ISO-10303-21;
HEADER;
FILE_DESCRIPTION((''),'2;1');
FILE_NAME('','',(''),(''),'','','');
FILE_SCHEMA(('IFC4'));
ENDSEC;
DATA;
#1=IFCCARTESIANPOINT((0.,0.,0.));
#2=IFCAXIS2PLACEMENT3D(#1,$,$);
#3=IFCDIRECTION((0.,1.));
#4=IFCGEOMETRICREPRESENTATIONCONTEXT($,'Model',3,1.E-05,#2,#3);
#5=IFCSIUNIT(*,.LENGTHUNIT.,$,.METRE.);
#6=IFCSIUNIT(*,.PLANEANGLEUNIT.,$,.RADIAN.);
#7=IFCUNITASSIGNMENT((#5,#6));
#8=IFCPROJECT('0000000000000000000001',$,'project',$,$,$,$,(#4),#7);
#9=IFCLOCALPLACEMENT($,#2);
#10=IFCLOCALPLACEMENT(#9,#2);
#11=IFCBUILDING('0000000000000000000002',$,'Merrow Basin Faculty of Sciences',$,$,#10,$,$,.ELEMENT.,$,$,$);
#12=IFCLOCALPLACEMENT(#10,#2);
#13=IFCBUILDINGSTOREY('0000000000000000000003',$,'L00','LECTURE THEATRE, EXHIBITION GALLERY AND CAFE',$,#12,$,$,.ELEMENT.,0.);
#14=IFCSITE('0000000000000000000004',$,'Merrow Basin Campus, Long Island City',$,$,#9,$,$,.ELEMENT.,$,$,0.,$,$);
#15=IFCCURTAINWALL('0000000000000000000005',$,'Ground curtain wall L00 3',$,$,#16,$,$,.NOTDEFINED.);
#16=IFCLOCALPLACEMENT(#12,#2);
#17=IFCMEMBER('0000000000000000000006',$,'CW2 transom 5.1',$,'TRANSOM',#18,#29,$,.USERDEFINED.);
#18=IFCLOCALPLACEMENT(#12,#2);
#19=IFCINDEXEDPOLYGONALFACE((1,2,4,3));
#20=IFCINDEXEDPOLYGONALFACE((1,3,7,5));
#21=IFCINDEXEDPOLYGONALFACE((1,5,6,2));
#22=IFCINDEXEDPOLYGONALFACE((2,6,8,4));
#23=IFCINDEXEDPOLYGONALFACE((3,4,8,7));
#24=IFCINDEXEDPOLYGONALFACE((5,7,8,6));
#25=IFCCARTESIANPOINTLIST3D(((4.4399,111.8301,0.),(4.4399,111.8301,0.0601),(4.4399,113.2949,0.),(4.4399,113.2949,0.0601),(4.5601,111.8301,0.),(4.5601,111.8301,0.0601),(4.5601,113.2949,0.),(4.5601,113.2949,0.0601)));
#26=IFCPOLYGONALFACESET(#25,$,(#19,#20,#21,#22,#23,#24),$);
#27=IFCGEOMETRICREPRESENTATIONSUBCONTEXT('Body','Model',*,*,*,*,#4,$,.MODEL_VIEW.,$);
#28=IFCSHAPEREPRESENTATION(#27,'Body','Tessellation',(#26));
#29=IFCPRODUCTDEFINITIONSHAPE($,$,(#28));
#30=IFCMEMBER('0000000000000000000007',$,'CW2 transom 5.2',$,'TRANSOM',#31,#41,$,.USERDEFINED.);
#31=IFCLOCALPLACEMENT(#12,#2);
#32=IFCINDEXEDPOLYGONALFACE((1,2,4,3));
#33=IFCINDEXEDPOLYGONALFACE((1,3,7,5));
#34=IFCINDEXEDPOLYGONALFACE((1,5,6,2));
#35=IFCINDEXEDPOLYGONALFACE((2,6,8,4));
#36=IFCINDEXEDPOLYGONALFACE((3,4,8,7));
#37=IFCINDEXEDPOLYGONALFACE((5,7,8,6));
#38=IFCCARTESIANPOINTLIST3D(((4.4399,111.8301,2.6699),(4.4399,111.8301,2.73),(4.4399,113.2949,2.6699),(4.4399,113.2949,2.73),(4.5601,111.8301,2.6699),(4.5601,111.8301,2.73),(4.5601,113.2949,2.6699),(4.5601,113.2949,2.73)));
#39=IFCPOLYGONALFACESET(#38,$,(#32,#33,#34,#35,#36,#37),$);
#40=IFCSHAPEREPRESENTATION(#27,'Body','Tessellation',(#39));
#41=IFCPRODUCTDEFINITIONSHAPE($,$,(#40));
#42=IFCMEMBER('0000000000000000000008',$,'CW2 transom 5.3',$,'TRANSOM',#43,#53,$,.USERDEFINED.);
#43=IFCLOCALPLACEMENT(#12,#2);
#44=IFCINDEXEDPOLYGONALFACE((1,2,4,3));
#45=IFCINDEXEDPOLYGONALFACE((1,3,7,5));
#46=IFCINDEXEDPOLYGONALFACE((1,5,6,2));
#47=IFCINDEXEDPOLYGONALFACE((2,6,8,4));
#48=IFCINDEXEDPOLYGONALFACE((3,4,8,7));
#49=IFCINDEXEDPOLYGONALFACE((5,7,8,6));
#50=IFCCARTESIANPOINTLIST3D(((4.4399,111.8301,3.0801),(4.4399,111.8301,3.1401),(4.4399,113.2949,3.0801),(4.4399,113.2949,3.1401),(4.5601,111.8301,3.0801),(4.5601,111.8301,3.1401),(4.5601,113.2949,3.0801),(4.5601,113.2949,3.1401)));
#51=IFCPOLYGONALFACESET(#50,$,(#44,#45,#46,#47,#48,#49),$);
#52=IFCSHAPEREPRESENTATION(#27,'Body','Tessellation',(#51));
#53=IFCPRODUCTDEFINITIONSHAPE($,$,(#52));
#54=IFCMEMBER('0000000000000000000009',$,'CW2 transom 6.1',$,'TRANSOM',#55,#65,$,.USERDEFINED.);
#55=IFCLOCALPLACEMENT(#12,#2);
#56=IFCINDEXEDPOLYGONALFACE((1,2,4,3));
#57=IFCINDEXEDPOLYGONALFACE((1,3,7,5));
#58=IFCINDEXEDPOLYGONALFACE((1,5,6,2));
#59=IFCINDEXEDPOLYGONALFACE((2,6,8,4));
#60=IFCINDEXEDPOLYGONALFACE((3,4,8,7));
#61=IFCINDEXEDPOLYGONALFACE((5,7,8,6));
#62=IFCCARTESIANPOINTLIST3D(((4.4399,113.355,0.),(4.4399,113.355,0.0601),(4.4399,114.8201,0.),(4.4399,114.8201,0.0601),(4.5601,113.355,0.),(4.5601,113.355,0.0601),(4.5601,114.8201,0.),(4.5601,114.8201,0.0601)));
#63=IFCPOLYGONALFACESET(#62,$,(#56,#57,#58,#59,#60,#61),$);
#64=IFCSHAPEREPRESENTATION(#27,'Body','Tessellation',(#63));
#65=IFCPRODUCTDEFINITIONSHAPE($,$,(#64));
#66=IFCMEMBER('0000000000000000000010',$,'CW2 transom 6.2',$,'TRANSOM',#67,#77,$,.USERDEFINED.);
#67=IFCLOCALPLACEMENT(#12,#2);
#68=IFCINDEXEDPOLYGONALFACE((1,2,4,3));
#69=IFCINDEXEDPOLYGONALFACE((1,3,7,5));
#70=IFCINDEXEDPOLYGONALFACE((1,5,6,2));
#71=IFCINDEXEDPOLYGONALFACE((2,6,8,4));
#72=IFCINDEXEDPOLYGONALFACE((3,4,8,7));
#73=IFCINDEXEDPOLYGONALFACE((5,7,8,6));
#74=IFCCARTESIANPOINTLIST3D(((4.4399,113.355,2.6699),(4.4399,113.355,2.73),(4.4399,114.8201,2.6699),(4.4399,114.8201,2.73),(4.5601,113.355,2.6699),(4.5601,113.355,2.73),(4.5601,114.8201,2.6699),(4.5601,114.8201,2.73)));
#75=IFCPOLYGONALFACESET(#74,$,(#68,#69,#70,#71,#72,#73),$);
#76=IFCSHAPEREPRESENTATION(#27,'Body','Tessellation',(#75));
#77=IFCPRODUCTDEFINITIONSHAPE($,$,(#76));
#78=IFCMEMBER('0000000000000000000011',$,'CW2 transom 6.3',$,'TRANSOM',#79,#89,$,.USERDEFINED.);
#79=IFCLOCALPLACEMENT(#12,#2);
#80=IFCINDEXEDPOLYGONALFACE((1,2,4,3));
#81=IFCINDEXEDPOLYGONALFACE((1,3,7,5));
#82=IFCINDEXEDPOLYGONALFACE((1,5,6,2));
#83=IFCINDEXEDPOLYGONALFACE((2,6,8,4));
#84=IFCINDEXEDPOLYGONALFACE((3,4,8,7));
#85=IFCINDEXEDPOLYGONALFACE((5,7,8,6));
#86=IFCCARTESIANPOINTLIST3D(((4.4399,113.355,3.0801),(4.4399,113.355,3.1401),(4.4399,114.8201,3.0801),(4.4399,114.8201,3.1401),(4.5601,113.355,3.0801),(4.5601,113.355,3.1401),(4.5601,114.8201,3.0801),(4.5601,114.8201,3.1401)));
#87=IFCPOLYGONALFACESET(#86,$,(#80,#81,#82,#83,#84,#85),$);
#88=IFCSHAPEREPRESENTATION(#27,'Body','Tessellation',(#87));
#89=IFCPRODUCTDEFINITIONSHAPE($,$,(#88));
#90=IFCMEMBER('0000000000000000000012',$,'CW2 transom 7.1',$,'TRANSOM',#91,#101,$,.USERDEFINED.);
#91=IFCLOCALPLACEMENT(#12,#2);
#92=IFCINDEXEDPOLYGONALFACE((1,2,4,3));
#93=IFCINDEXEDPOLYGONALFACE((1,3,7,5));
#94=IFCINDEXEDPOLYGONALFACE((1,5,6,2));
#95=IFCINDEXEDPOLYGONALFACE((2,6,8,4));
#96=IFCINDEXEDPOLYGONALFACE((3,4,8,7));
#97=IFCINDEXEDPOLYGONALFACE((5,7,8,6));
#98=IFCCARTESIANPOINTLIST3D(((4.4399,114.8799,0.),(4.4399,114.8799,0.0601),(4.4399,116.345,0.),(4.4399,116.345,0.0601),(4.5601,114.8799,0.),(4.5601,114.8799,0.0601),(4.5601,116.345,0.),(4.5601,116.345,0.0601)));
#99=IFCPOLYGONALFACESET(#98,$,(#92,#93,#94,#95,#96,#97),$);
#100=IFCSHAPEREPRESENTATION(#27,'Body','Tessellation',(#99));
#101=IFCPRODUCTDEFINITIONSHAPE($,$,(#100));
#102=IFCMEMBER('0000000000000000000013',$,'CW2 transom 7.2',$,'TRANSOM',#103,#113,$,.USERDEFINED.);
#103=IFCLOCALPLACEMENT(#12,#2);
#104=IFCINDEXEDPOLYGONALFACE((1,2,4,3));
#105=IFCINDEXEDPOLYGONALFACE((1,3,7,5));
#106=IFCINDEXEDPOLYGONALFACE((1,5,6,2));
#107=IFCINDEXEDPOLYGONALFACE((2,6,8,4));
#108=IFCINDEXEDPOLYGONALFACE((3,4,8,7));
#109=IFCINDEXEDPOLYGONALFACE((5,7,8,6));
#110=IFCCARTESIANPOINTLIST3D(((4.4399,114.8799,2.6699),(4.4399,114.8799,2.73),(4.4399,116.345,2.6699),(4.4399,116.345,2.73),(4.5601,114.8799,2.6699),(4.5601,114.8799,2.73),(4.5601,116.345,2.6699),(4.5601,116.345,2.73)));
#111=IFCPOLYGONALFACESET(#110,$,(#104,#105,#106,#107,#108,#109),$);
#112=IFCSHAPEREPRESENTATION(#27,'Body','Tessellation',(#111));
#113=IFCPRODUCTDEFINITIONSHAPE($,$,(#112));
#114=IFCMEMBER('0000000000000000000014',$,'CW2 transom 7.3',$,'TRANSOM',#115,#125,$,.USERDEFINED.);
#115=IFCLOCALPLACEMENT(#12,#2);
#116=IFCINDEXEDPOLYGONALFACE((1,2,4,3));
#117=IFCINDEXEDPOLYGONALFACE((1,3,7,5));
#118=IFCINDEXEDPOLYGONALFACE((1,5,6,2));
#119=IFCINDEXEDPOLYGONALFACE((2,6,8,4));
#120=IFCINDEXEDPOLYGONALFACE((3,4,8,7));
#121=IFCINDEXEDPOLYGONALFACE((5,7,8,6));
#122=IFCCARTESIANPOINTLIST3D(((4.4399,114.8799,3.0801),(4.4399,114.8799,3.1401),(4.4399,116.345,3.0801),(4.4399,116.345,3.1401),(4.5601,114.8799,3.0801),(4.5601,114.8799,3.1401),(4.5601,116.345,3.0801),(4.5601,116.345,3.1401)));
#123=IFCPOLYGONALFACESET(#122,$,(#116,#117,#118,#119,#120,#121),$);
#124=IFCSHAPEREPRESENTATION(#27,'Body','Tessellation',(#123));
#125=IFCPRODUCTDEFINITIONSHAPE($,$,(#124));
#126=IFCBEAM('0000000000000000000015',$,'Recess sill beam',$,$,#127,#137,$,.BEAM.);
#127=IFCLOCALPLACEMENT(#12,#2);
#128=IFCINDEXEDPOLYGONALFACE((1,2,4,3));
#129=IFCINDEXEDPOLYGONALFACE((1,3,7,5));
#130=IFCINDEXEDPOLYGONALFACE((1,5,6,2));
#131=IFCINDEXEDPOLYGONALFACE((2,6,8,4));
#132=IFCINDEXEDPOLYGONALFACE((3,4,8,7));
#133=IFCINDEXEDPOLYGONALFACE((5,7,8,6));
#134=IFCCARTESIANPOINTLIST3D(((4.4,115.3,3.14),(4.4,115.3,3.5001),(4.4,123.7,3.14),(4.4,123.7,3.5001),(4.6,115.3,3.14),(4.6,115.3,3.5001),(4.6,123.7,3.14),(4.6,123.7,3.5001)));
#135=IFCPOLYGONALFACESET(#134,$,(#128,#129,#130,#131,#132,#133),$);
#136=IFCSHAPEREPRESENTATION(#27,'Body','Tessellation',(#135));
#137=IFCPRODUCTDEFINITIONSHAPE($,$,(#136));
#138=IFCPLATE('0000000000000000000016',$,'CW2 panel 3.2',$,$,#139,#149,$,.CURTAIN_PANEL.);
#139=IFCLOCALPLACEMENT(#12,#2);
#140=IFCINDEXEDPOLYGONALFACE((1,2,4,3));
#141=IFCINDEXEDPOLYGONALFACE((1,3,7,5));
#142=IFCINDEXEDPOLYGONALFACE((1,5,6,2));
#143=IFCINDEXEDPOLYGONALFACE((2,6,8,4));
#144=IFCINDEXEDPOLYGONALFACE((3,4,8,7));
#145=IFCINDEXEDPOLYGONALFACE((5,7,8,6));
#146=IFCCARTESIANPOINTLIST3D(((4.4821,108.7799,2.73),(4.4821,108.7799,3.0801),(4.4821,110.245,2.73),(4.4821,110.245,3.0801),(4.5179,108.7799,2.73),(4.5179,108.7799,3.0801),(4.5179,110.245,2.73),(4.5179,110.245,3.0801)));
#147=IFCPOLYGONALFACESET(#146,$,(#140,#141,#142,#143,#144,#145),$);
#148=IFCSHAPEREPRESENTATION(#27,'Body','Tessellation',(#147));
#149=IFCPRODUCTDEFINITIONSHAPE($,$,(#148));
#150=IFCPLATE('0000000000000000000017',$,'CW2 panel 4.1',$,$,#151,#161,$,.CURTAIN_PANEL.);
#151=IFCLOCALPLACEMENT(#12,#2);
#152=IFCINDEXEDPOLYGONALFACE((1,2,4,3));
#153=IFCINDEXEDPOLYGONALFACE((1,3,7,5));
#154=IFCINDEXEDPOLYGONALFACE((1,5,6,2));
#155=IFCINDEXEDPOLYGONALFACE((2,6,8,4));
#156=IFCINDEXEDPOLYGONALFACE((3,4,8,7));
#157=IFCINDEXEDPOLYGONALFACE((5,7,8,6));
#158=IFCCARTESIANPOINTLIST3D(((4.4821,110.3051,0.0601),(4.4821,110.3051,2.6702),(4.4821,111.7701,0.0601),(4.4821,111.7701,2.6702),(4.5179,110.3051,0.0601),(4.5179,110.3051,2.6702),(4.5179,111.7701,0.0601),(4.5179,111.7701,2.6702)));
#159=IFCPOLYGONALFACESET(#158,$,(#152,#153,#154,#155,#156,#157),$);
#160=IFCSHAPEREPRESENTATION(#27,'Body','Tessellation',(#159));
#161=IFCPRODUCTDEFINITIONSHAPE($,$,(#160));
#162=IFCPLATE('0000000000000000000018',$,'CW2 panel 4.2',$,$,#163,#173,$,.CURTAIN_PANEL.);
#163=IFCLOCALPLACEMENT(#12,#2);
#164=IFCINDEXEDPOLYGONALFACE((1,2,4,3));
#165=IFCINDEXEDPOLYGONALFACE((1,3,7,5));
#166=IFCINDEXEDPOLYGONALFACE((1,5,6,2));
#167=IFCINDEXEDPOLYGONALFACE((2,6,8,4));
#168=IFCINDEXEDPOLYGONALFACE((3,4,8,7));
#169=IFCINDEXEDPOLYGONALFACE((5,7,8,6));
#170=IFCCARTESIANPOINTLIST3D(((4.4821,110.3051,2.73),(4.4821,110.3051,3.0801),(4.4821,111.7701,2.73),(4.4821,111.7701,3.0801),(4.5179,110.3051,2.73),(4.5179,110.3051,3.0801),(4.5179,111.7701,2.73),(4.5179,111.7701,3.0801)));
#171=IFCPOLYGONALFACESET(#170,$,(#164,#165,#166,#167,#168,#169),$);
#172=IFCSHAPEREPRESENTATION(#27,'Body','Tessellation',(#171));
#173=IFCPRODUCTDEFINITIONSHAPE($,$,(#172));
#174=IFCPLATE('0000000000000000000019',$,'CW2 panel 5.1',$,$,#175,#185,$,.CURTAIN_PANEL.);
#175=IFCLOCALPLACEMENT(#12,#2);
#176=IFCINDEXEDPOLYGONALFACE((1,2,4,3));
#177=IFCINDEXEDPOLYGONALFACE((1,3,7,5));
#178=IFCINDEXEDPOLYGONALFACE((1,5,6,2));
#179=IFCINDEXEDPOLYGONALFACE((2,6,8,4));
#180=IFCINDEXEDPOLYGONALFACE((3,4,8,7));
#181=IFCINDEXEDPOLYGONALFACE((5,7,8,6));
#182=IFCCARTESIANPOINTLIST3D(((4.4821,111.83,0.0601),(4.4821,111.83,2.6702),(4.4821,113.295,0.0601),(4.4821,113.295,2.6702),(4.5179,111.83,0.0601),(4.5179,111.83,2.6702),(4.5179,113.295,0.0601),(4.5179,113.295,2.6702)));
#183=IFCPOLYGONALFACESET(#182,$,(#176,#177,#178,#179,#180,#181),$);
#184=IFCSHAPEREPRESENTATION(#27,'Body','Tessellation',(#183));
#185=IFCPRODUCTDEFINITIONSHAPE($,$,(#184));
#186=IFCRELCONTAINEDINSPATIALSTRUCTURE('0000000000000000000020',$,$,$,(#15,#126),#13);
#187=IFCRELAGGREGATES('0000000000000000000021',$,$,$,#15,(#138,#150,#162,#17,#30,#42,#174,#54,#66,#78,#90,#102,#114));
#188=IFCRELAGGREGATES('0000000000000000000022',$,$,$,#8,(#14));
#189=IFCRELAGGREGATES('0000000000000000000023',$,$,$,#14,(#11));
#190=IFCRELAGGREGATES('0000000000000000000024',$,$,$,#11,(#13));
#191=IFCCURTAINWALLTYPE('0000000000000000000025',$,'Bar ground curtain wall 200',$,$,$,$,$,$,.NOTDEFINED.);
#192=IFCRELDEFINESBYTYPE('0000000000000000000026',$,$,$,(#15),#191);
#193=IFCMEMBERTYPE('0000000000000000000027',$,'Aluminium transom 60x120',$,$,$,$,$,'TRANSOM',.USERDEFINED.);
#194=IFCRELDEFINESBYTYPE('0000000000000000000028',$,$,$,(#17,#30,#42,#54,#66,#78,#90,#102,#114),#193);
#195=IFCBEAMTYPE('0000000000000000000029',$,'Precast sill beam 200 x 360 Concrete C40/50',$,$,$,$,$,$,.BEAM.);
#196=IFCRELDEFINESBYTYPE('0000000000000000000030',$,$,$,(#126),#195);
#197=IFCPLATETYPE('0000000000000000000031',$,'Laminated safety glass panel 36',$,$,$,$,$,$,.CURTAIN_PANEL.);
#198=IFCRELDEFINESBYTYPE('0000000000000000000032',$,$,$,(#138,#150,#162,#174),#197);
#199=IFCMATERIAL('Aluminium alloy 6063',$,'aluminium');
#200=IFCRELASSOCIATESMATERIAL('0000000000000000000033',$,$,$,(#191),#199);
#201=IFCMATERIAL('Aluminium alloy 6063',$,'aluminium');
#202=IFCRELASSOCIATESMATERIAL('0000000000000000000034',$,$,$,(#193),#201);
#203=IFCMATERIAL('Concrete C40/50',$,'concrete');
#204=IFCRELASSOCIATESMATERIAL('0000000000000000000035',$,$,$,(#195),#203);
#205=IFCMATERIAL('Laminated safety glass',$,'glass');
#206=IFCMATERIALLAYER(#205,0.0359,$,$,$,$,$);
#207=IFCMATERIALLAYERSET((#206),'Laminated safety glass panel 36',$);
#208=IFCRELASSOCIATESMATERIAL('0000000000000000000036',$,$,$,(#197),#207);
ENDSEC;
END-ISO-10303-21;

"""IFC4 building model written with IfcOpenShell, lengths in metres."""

from ifc_helpers import new_model, si_unit, direction, frame, origin, origin_2d, place, context, subcontext, project, spatial, rectangle, extrude, material, layer, layer_set, material_profile, profile_set, type_object, element, aggregate, save


model = new_model("IFC4")

# Units and contexts
model_context = context("Model", 3, precision=1e-05, world=origin(), true_north=direction((0.0, 1.0)))
body_context = subcontext(model_context, "Body", "Model", "MODEL_VIEW")
ifc_project = project(units=[si_unit("LENGTHUNIT", "METRE"), si_unit("PLANEANGLEUNIT", "RADIAN")], contexts=[model_context])

# Site, building, storey
site_placement = place(None, origin())
site = spatial("IfcSite", under=ifc_project, at=site_placement, Name="Merrow Basin Campus, Long Island City", CompositionType="ELEMENT", RefElevation=0.0)
building_placement = place(site_placement, origin())
building = spatial("IfcBuilding", under=site, at=building_placement, Name="Merrow Basin Faculty of Sciences", CompositionType="ELEMENT")
storey_placement = place(building_placement, origin())
storey = spatial("IfcBuildingStorey", under=building, at=storey_placement, Name="L00", Description="LECTURE THEATRE, EXHIBITION GALLERY AND CAFE", CompositionType="ELEMENT", Elevation=0.0)

# Curtain wall, members
ifc_material_1 = material(Name="Aluminium alloy 6063", Category="aluminium")
curtain_wall_type = type_object("IfcCurtainWallType", Name="Bar ground curtain wall 200", PredefinedType="NOTDEFINED", material=ifc_material_1)
curtain_wall_placement = place(storey_placement, origin())
curtain_wall = element("IfcCurtainWall", 1, at=curtain_wall_placement, inside=storey, type_object=curtain_wall_type, Name="Ground curtain wall L00 3", PredefinedType="NOTDEFINED")
ifc_material_2 = material(Name="Aluminium alloy 6063", Category="aluminium")
ifc_material_profile_1 = material_profile(ifc_material_2, rectangle(XDim=0.1201, YDim=0.0601, at=origin_2d()))
ifc_profile_set_1 = profile_set([ifc_material_profile_1], Name="Aluminium alloy 6063")
member_type_1 = type_object("IfcMemberType", Name="Aluminium transom 60x120", ElementType="TRANSOM", PredefinedType="USERDEFINED", material=ifc_profile_set_1)
member_1_placement = place(storey_placement, frame((4.5, 111.8301, 0.03), z_axis=(0.0, 1.0, 0.0), x_axis=(-1.0, 0.0, 0.0)))
member_1 = element("IfcMember", 2, at=member_1_placement, type_object=member_type_1, Name="CW2 transom 5.1", ObjectType="TRANSOM", PredefinedType="USERDEFINED", context=body_context, shape_type="SweptSolid", body=[
    extrude(rectangle(XDim=0.1201, YDim=0.0601, at=origin_2d()), origin(), (0.0, 0.0, 1.0), 1.4648),
])
member_2_placement = place(storey_placement, frame((4.5, 111.8301, 2.7), z_axis=(0.0, 1.0, 0.0), x_axis=(-1.0, 0.0, 0.0)))
member_2 = element("IfcMember", 3, at=member_2_placement, type_object=member_type_1, Name="CW2 transom 5.2", ObjectType="TRANSOM", PredefinedType="USERDEFINED", context=body_context, shape_type="SweptSolid", body=[
    extrude(rectangle(XDim=0.1201, YDim=0.0601, at=origin_2d()), origin(), (0.0, 0.0, 1.0), 1.4648),
])
member_3_placement = place(storey_placement, frame((4.5, 111.8301, 3.1101), z_axis=(0.0, 1.0, 0.0), x_axis=(-1.0, 0.0, 0.0)))
member_3 = element("IfcMember", 4, at=member_3_placement, type_object=member_type_1, Name="CW2 transom 5.3", ObjectType="TRANSOM", PredefinedType="USERDEFINED", context=body_context, shape_type="SweptSolid", body=[
    extrude(rectangle(XDim=0.1201, YDim=0.0601, at=origin_2d()), origin(), (0.0, 0.0, 1.0), 1.4648),
])
member_4_placement = place(storey_placement, frame((4.5, 113.355, 0.03), z_axis=(0.0, 1.0, 0.0), x_axis=(-1.0, 0.0, 0.0)))
member_4 = element("IfcMember", 5, at=member_4_placement, type_object=member_type_1, Name="CW2 transom 6.1", ObjectType="TRANSOM", PredefinedType="USERDEFINED", context=body_context, shape_type="SweptSolid", body=[
    extrude(rectangle(XDim=0.1201, YDim=0.0601, at=origin_2d()), origin(), (0.0, 0.0, 1.0), 1.4651),
])
member_5_placement = place(storey_placement, frame((4.5, 113.355, 2.7), z_axis=(0.0, 1.0, 0.0), x_axis=(-1.0, 0.0, 0.0)))
member_5 = element("IfcMember", 6, at=member_5_placement, type_object=member_type_1, Name="CW2 transom 6.2", ObjectType="TRANSOM", PredefinedType="USERDEFINED", context=body_context, shape_type="SweptSolid", body=[
    extrude(rectangle(XDim=0.1201, YDim=0.0601, at=origin_2d()), origin(), (0.0, 0.0, 1.0), 1.4651),
])
member_6_placement = place(storey_placement, frame((4.5, 113.355, 3.1101), z_axis=(0.0, 1.0, 0.0), x_axis=(-1.0, 0.0, 0.0)))
member_6 = element("IfcMember", 7, at=member_6_placement, type_object=member_type_1, Name="CW2 transom 6.3", ObjectType="TRANSOM", PredefinedType="USERDEFINED", context=body_context, shape_type="SweptSolid", body=[
    extrude(rectangle(XDim=0.1201, YDim=0.0601, at=origin_2d()), origin(), (0.0, 0.0, 1.0), 1.4651),
])
member_7_placement = place(storey_placement, frame((4.5, 114.8799, 0.03), z_axis=(0.0, 1.0, 0.0), x_axis=(-1.0, 0.0, 0.0)))
member_7 = element("IfcMember", 8, at=member_7_placement, type_object=member_type_1, Name="CW2 transom 7.1", ObjectType="TRANSOM", PredefinedType="USERDEFINED", context=body_context, shape_type="SweptSolid", body=[
    extrude(rectangle(XDim=0.1201, YDim=0.0601, at=origin_2d()), origin(), (0.0, 0.0, 1.0), 1.4651),
])
member_8_placement = place(storey_placement, frame((4.5, 114.8799, 2.7), z_axis=(0.0, 1.0, 0.0), x_axis=(-1.0, 0.0, 0.0)))
member_8 = element("IfcMember", 9, at=member_8_placement, type_object=member_type_1, Name="CW2 transom 7.2", ObjectType="TRANSOM", PredefinedType="USERDEFINED", context=body_context, shape_type="SweptSolid", body=[
    extrude(rectangle(XDim=0.1201, YDim=0.0601, at=origin_2d()), origin(), (0.0, 0.0, 1.0), 1.4651),
])
member_9_placement = place(storey_placement, frame((4.5, 114.8799, 3.1101), z_axis=(0.0, 1.0, 0.0), x_axis=(-1.0, 0.0, 0.0)))
member_9 = element("IfcMember", 10, at=member_9_placement, type_object=member_type_1, Name="CW2 transom 7.3", ObjectType="TRANSOM", PredefinedType="USERDEFINED", context=body_context, shape_type="SweptSolid", body=[
    extrude(rectangle(XDim=0.1201, YDim=0.0601, at=origin_2d()), origin(), (0.0, 0.0, 1.0), 1.4651),
])

# Beam
ifc_material_3 = material(Name="Concrete C40/50", Category="concrete")
ifc_material_profile_2 = material_profile(ifc_material_3, rectangle(XDim=0.2, YDim=0.3601, at=origin_2d()))
ifc_profile_set_2 = profile_set([ifc_material_profile_2], Name="Concrete C40/50")
beam_type = type_object("IfcBeamType", Name="Precast sill beam 200 x 360 Concrete C40/50", PredefinedType="BEAM", material=ifc_profile_set_2)
beam_placement = place(storey_placement, frame((4.5, 115.3, 3.3201), z_axis=(0.0, 1.0, 0.0), x_axis=(-1.0, 0.0, 0.0)))
element("IfcBeam", 11, at=beam_placement, inside=storey, type_object=beam_type, Name="Recess sill beam", PredefinedType="BEAM", context=body_context, shape_type="SweptSolid", body=[
    extrude(rectangle(XDim=0.2, YDim=0.3601, at=origin_2d()), origin(), (0.0, 0.0, 1.0), 8.3999),
])

# Plates
ifc_material_4 = material(Name="Laminated safety glass", Category="glass")
ifc_layer_1 = layer(ifc_material_4, 0.0359)
ifc_layer_set_1 = layer_set([ifc_layer_1], Name="Laminated safety glass panel 36")
plate_type = type_object("IfcPlateType", Name="Laminated safety glass panel 36", PredefinedType="CURTAIN_PANEL", material=ifc_layer_set_1)
plate_1_placement = place(storey_placement, frame((4.5, 109.5125, 2.73), z_axis=(0.0, 0.0, 1.0), x_axis=(0.0, 1.0, 0.0)))
plate_1 = element("IfcPlate", 12, at=plate_1_placement, type_object=plate_type, Name="CW2 panel 3.2", PredefinedType="CURTAIN_PANEL", context=body_context, shape_type="SweptSolid", body=[
    extrude(rectangle(XDim=1.4651, YDim=0.0359, at=origin_2d()), origin(), (0.0, 0.0, 1.0), 0.3501),
])
plate_2_placement = place(storey_placement, frame((4.5, 111.0376, 0.0601), z_axis=(0.0, 0.0, 1.0), x_axis=(0.0, 1.0, 0.0)))
plate_2 = element("IfcPlate", 13, at=plate_2_placement, type_object=plate_type, Name="CW2 panel 4.1", PredefinedType="CURTAIN_PANEL", context=body_context, shape_type="SweptSolid", body=[
    extrude(rectangle(XDim=1.4651, YDim=0.0359, at=origin_2d()), origin(), (0.0, 0.0, 1.0), 2.6101),
])
plate_3_placement = place(storey_placement, frame((4.5, 111.0376, 2.73), z_axis=(0.0, 0.0, 1.0), x_axis=(0.0, 1.0, 0.0)))
plate_3 = element("IfcPlate", 14, at=plate_3_placement, type_object=plate_type, Name="CW2 panel 4.2", PredefinedType="CURTAIN_PANEL", context=body_context, shape_type="SweptSolid", body=[
    extrude(rectangle(XDim=1.4651, YDim=0.0359, at=origin_2d()), origin(), (0.0, 0.0, 1.0), 0.3501),
])
plate_4_placement = place(storey_placement, frame((4.5, 112.5625, 0.0601), z_axis=(0.0, 0.0, 1.0), x_axis=(0.0, 1.0, 0.0)))
plate_4 = element("IfcPlate", 15, at=plate_4_placement, type_object=plate_type, Name="CW2 panel 5.1", PredefinedType="CURTAIN_PANEL", context=body_context, shape_type="SweptSolid", body=[
    extrude(rectangle(XDim=1.4651, YDim=0.0359, at=origin_2d()), origin(), (0.0, 0.0, 1.0), 2.6101),
])
aggregate(curtain_wall, [plate_1, plate_2, plate_3, member_1, member_2, member_3, plate_4, member_4, member_5, member_6, member_7, member_8, member_9])

save(model, "model.ifc")
